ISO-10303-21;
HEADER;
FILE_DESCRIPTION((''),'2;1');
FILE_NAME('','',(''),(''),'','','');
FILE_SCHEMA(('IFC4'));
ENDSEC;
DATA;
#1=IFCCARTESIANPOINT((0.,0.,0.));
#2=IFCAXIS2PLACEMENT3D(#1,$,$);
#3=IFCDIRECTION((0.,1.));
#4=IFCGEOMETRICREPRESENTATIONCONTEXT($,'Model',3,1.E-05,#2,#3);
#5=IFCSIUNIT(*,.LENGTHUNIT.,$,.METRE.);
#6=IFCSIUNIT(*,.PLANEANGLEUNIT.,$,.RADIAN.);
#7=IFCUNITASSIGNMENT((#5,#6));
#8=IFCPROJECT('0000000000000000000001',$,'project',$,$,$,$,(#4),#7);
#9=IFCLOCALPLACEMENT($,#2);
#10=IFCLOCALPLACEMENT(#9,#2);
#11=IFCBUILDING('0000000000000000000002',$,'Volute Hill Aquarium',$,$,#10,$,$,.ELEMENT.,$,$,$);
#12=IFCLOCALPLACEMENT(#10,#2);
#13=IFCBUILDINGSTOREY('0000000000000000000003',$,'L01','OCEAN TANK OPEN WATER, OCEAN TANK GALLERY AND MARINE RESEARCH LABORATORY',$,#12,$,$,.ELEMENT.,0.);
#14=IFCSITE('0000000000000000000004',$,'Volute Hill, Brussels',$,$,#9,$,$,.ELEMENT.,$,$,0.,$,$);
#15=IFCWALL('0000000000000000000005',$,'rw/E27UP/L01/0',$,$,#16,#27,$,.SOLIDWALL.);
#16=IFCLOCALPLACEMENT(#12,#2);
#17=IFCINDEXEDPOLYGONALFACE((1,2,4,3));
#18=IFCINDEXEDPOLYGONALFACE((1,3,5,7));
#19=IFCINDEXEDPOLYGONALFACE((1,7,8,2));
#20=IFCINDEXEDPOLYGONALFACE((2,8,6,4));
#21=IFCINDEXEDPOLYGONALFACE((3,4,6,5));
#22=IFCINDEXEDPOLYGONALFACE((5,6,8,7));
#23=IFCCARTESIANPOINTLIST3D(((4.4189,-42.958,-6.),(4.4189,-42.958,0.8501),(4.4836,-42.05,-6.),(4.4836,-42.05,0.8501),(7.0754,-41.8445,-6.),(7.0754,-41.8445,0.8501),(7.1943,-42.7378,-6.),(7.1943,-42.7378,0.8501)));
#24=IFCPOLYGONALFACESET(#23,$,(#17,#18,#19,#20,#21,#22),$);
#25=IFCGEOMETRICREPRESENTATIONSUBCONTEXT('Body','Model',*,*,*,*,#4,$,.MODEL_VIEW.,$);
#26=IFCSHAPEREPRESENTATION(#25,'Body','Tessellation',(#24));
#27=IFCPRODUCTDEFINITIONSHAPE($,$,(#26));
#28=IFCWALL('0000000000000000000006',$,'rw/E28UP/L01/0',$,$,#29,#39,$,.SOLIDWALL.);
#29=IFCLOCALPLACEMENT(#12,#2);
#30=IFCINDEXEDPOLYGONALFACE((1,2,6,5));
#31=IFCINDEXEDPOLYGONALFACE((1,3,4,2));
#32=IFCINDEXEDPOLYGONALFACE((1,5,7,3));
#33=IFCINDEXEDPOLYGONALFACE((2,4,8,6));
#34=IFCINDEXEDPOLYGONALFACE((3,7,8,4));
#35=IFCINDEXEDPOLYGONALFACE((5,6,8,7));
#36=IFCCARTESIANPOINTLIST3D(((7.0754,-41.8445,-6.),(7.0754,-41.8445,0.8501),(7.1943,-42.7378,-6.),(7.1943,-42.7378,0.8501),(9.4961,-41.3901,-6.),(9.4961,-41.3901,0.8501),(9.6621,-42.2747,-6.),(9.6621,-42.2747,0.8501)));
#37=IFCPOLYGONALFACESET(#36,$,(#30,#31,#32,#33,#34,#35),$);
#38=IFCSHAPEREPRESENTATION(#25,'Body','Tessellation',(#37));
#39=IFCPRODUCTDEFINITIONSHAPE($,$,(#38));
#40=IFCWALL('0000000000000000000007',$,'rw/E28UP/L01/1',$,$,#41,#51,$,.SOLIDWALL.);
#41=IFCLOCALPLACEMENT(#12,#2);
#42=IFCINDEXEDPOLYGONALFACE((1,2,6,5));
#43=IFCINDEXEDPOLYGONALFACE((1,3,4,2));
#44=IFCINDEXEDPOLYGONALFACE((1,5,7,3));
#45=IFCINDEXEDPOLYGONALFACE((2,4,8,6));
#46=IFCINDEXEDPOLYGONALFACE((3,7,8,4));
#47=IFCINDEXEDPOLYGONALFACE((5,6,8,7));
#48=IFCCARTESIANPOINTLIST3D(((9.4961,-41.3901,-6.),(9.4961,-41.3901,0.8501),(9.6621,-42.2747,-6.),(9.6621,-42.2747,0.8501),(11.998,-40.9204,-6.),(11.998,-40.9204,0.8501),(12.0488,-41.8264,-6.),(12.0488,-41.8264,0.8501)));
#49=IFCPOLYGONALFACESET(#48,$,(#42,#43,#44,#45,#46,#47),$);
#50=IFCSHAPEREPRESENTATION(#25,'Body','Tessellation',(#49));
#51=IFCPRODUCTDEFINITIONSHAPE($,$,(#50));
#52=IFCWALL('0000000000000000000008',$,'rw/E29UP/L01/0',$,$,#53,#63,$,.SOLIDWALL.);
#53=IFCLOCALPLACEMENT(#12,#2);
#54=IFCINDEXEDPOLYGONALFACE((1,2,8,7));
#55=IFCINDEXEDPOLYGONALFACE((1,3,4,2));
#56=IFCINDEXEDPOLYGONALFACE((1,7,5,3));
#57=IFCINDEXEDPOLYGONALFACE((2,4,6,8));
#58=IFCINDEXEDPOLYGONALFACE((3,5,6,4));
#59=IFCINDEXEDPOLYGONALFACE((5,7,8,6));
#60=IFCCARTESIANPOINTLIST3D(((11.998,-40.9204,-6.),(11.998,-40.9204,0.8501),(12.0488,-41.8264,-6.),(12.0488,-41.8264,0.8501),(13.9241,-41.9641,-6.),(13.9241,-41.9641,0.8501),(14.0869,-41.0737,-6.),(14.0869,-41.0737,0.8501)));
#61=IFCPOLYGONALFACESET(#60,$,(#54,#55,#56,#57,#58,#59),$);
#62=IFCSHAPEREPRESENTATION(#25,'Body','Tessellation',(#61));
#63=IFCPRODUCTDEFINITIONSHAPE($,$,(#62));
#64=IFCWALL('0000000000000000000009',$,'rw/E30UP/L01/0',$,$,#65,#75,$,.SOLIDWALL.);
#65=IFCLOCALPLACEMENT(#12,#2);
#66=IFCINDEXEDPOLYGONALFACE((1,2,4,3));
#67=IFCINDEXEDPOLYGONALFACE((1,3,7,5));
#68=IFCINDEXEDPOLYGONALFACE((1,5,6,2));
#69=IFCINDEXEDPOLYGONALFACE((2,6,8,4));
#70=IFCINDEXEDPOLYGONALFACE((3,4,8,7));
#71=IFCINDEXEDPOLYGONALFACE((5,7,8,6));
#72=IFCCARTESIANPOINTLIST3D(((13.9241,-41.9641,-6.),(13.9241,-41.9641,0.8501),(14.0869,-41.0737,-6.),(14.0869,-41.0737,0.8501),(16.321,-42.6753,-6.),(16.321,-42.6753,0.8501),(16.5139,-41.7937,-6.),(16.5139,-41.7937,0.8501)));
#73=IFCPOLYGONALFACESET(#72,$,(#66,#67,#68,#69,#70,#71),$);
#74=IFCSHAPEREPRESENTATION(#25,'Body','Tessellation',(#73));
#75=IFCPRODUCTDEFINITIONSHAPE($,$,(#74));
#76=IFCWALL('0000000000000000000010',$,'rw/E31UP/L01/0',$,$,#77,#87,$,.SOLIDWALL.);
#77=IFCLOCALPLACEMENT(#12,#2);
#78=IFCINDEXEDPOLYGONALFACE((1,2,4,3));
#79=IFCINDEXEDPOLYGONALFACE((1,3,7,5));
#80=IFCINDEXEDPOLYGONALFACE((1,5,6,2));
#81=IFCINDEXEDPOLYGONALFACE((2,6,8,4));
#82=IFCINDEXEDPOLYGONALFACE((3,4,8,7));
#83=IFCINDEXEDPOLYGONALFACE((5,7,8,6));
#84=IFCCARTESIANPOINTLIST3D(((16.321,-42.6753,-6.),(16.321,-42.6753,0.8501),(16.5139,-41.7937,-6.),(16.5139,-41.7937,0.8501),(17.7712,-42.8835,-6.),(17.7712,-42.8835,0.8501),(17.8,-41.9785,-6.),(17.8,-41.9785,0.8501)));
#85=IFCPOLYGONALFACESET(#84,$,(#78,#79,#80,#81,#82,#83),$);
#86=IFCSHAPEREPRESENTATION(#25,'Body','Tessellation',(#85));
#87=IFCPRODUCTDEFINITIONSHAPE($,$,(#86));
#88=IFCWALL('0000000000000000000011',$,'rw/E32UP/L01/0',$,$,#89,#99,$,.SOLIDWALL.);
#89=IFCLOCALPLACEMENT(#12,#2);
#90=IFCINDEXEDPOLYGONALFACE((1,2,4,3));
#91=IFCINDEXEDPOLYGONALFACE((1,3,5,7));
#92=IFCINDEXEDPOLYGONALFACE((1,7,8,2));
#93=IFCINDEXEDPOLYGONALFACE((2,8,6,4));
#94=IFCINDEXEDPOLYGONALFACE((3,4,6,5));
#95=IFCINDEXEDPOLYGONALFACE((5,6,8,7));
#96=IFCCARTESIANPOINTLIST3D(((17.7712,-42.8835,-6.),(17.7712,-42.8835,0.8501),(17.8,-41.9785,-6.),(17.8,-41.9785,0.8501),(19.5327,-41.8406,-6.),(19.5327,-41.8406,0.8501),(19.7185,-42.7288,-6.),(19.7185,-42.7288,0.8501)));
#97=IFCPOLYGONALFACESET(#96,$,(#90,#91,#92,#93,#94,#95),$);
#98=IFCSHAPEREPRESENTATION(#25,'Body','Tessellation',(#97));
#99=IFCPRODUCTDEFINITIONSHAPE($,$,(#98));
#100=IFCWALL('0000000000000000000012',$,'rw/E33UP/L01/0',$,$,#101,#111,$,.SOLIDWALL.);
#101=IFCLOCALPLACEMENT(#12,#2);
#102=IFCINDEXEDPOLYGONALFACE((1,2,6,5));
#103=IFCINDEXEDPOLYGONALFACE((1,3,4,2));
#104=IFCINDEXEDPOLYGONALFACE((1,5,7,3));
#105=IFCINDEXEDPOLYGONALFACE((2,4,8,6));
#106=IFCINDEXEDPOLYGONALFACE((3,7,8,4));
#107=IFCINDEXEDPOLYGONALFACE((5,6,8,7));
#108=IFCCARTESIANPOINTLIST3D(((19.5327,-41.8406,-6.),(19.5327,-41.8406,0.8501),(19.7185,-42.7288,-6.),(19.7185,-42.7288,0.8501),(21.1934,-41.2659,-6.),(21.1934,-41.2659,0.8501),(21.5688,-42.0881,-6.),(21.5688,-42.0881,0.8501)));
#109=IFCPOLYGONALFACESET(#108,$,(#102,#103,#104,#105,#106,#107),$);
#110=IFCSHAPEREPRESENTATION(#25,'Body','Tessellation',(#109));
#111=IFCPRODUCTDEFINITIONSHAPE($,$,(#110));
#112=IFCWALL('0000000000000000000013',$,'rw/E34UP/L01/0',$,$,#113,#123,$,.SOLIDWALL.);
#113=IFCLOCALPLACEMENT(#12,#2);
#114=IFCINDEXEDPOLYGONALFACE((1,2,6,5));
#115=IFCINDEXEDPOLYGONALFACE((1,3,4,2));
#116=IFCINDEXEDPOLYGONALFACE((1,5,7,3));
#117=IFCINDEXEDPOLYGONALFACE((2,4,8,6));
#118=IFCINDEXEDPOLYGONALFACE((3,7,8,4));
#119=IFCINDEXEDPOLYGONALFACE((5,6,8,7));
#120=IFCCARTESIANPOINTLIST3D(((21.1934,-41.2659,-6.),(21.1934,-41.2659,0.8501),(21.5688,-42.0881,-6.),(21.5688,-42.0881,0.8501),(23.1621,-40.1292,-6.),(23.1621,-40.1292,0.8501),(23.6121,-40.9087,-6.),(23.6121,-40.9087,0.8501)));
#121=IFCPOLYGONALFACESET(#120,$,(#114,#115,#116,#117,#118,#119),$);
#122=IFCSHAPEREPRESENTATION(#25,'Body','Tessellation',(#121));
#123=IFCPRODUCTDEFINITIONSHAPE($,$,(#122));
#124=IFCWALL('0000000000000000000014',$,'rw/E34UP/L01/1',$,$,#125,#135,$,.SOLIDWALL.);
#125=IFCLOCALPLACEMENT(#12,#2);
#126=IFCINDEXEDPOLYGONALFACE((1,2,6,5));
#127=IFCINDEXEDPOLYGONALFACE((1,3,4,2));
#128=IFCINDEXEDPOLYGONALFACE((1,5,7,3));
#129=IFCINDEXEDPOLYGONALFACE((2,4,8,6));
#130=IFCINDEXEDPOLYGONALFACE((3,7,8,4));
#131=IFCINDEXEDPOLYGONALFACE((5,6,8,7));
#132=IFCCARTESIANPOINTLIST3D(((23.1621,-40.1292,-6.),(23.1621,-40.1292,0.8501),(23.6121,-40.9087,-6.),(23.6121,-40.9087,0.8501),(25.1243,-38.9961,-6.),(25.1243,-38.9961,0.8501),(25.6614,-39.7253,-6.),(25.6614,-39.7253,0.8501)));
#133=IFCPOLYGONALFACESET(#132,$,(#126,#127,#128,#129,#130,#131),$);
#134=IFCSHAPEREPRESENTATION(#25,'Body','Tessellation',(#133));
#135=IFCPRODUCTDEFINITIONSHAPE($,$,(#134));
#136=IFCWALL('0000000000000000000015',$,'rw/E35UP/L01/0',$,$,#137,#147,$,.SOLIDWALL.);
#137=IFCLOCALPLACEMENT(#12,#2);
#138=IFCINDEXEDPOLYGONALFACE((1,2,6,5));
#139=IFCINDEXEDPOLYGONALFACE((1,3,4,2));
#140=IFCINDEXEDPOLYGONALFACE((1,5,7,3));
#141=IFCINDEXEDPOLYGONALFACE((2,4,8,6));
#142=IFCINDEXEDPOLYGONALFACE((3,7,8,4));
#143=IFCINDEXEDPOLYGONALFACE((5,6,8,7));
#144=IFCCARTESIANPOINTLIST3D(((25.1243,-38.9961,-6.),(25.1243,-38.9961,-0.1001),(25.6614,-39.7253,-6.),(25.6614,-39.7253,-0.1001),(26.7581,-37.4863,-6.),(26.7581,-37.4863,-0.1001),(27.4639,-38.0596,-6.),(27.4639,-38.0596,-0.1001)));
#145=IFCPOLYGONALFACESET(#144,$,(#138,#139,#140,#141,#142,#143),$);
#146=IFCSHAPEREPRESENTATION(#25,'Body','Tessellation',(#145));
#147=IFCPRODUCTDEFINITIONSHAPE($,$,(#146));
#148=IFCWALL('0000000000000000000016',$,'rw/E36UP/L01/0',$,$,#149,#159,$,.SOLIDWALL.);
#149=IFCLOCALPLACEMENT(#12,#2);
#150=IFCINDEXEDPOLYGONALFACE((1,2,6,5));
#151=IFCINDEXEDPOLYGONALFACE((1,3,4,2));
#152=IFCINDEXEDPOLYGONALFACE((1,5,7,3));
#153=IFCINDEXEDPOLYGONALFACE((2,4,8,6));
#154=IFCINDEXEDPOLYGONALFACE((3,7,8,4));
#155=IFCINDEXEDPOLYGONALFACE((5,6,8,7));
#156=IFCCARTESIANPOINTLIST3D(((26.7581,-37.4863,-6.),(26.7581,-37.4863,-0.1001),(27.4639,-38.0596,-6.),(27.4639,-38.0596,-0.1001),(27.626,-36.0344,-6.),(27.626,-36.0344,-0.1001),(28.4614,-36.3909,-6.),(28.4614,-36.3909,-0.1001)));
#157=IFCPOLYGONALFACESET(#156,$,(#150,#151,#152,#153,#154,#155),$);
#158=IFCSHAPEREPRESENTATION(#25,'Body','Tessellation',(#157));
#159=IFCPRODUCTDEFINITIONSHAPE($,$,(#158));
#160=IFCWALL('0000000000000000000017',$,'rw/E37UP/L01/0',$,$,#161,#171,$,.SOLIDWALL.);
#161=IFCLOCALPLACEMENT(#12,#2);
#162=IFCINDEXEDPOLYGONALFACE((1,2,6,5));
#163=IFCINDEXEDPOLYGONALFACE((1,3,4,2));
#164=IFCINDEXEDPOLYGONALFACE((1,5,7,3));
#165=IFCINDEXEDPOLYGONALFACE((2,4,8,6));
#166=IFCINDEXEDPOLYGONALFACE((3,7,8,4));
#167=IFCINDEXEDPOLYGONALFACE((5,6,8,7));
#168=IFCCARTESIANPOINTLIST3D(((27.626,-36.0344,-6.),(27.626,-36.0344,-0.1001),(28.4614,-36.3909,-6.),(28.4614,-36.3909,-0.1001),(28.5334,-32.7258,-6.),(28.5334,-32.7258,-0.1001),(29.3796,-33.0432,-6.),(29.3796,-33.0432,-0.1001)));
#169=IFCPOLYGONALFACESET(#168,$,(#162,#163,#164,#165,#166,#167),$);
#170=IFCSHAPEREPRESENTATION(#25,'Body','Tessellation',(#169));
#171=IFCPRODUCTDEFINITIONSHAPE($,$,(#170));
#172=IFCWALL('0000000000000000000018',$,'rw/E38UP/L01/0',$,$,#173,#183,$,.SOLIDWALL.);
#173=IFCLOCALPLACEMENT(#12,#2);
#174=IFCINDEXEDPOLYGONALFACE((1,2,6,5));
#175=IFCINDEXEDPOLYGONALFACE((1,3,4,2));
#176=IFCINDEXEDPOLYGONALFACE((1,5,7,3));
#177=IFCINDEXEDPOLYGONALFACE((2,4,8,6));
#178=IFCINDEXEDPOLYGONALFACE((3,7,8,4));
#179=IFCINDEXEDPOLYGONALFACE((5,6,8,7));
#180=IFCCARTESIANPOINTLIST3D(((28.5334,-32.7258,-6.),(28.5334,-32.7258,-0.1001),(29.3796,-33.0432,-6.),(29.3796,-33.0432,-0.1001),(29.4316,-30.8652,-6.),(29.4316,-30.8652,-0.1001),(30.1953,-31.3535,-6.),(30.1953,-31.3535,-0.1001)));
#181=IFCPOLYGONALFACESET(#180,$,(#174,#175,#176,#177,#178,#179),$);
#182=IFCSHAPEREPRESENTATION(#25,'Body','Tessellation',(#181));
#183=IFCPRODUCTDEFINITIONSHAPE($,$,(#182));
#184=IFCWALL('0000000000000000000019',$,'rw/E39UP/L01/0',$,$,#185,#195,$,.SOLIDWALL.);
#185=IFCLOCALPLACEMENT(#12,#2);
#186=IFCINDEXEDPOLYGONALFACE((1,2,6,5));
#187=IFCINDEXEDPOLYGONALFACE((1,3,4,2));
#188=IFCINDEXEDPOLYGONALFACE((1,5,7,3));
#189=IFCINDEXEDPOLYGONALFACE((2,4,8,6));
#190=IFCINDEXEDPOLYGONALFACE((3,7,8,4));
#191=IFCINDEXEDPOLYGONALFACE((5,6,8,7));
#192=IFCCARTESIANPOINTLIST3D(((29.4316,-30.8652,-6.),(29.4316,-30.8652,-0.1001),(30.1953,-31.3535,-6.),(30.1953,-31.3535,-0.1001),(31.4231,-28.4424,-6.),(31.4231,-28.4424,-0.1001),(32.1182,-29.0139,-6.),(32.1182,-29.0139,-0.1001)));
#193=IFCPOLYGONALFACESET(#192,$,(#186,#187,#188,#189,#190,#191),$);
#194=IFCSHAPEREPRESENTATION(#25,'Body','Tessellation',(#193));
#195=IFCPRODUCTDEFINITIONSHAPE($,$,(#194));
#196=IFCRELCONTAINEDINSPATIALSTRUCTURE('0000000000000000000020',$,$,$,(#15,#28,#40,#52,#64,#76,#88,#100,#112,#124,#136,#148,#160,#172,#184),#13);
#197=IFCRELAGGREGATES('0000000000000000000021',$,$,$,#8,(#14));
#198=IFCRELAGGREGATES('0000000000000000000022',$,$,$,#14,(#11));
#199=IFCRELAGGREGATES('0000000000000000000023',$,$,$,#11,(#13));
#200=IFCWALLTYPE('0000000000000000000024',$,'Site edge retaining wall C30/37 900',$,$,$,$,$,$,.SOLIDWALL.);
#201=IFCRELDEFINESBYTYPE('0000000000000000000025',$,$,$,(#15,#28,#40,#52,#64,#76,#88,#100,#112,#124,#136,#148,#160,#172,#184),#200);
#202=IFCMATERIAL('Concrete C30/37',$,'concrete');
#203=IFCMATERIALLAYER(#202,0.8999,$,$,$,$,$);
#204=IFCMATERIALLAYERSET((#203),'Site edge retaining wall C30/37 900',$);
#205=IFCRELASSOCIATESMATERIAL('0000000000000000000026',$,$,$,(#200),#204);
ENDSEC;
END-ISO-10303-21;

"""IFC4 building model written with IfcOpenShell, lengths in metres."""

from ifc_helpers import new_model, si_unit, direction, frame, origin, place, context, subcontext, project, spatial, polyline, outline, extrude, material, layer, layer_set, type_object, element, save


model = new_model("IFC4")

# Units and contexts
model_context = context("Model", 3, precision=1e-05, world=origin(), true_north=direction((0.0, 1.0)))
body_context = subcontext(model_context, "Body", "Model", "MODEL_VIEW")
ifc_project = project(units=[si_unit("LENGTHUNIT", "METRE"), si_unit("PLANEANGLEUNIT", "RADIAN")], contexts=[model_context])

# Site, building, storey
site_placement = place(None, origin())
site = spatial("IfcSite", under=ifc_project, at=site_placement, Name="Volute Hill, Brussels", CompositionType="ELEMENT", RefElevation=0.0)
building_placement = place(site_placement, origin())
building = spatial("IfcBuilding", under=site, at=building_placement, Name="Volute Hill Aquarium", CompositionType="ELEMENT")
storey_placement = place(building_placement, origin())
storey = spatial("IfcBuildingStorey", under=building, at=storey_placement, Name="L01", Description="OCEAN TANK OPEN WATER, OCEAN TANK GALLERY AND MARINE RESEARCH LABORATORY", CompositionType="ELEMENT", Elevation=0.0)

# Walls
ifc_material = material(Name="Concrete C30/37", Category="concrete")
ifc_layer = layer(ifc_material, 0.8999)
ifc_layer_set = layer_set([ifc_layer], Name="Site edge retaining wall C30/37 900")
wall_type = type_object("IfcWallType", Name="Site edge retaining wall C30/37 900", PredefinedType="SOLIDWALL", material=ifc_layer_set)
wall_1_placement = place(storey_placement, frame((0.0, 0.0, -6.0)))
element("IfcWall", 1, at=wall_1_placement, inside=storey, type_object=wall_type, Name="rw/E27UP/L01/0", PredefinedType="SOLIDWALL", context=body_context, shape_type="SweptSolid", body=[
    extrude(outline(polyline([(7.1943, -42.7378), (7.1943, -42.7378), (7.0754, -41.8445), (4.4836, -42.05), (4.4836, -42.05), (4.4189, -42.958), (4.4189, -42.958), (7.1943, -42.7378)])), origin(), (0.0, 0.0, 1.0), 6.8501),
])
wall_2_placement = place(storey_placement, frame((0.0, 0.0, -6.0)))
element("IfcWall", 2, at=wall_2_placement, inside=storey, type_object=wall_type, Name="rw/E28UP/L01/0", PredefinedType="SOLIDWALL", context=body_context, shape_type="SweptSolid", body=[
    extrude(outline(polyline([(7.1943, -42.7378), (9.6621, -42.2747), (9.4961, -41.3901), (7.0754, -41.8445), (7.0754, -41.8445), (7.1943, -42.7378)])), origin(), (0.0, 0.0, 1.0), 6.8501),
])
wall_3_placement = place(storey_placement, frame((0.0, 0.0, -6.0)))
element("IfcWall", 3, at=wall_3_placement, inside=storey, type_object=wall_type, Name="rw/E28UP/L01/1", PredefinedType="SOLIDWALL", context=body_context, shape_type="SweptSolid", body=[
    extrude(outline(polyline([(9.6621, -42.2747), (12.0488, -41.8264), (11.998, -40.9204), (9.4961, -41.3901), (9.6621, -42.2747)])), origin(), (0.0, 0.0, 1.0), 6.8501),
])
wall_4_placement = place(storey_placement, frame((0.0, 0.0, -6.0)))
element("IfcWall", 4, at=wall_4_placement, inside=storey, type_object=wall_type, Name="rw/E29UP/L01/0", PredefinedType="SOLIDWALL", context=body_context, shape_type="SweptSolid", body=[
    extrude(outline(polyline([(13.9241, -41.9641), (13.9241, -41.9641), (14.0869, -41.0737), (14.0869, -41.0737), (11.998, -40.9204), (11.998, -40.9204), (12.0488, -41.8264), (12.0488, -41.8264), (13.9241, -41.9641)])), origin(), (0.0, 0.0, 1.0), 6.8501),
])
wall_5_placement = place(storey_placement, frame((0.0, 0.0, -6.0)))
element("IfcWall", 5, at=wall_5_placement, inside=storey, type_object=wall_type, Name="rw/E30UP/L01/0", PredefinedType="SOLIDWALL", context=body_context, shape_type="SweptSolid", body=[
    extrude(outline(polyline([(16.321, -42.6753), (16.321, -42.6753), (16.5139, -41.7937), (14.0869, -41.0737), (13.9241, -41.9641), (16.321, -42.6753)])), origin(), (0.0, 0.0, 1.0), 6.8501),
])
wall_6_placement = place(storey_placement, frame((0.0, 0.0, -6.0)))
element("IfcWall", 6, at=wall_6_placement, inside=storey, type_object=wall_type, Name="rw/E31UP/L01/0", PredefinedType="SOLIDWALL", context=body_context, shape_type="SweptSolid", body=[
    extrude(outline(polyline([(16.321, -42.6753), (17.7712, -42.8835), (17.8, -41.9785), (16.5139, -41.7937), (16.5139, -41.7937), (16.321, -42.6753)])), origin(), (0.0, 0.0, 1.0), 6.8501),
])
wall_7_placement = place(storey_placement, frame((0.0, 0.0, -6.0)))
element("IfcWall", 7, at=wall_7_placement, inside=storey, type_object=wall_type, Name="rw/E32UP/L01/0", PredefinedType="SOLIDWALL", context=body_context, shape_type="SweptSolid", body=[
    extrude(outline(polyline([(19.7185, -42.7288), (19.7185, -42.7288), (19.5327, -41.8406), (19.5327, -41.8406), (17.8, -41.9785), (17.7712, -42.8835), (19.7185, -42.7288)])), origin(), (0.0, 0.0, 1.0), 6.8501),
])
wall_8_placement = place(storey_placement, frame((0.0, 0.0, -6.0)))
element("IfcWall", 8, at=wall_8_placement, inside=storey, type_object=wall_type, Name="rw/E33UP/L01/0", PredefinedType="SOLIDWALL", context=body_context, shape_type="SweptSolid", body=[
    extrude(outline(polyline([(19.7185, -42.7288), (21.5688, -42.0881), (21.1934, -41.2659), (19.5327, -41.8406), (19.7185, -42.7288)])), origin(), (0.0, 0.0, 1.0), 6.8501),
])
wall_9_placement = place(storey_placement, frame((0.0, 0.0, -6.0)))
element("IfcWall", 9, at=wall_9_placement, inside=storey, type_object=wall_type, Name="rw/E34UP/L01/0", PredefinedType="SOLIDWALL", context=body_context, shape_type="SweptSolid", body=[
    extrude(outline(polyline([(21.5688, -42.0881), (23.6121, -40.9087), (23.1621, -40.1292), (21.1934, -41.2659), (21.1934, -41.2659), (21.5688, -42.0881), (21.5688, -42.0881)])), origin(), (0.0, 0.0, 1.0), 6.8501),
])
wall_10_placement = place(storey_placement, frame((0.0, 0.0, -6.0)))
element("IfcWall", 10, at=wall_10_placement, inside=storey, type_object=wall_type, Name="rw/E34UP/L01/1", PredefinedType="SOLIDWALL", context=body_context, shape_type="SweptSolid", body=[
    extrude(outline(polyline([(25.6614, -39.7253), (25.6614, -39.7253), (25.1243, -38.9961), (23.1621, -40.1292), (23.6121, -40.9087), (25.6614, -39.7253)])), origin(), (0.0, 0.0, 1.0), 6.8501),
])
wall_11_placement = place(storey_placement, frame((0.0, 0.0, -6.0)))
element("IfcWall", 11, at=wall_11_placement, inside=storey, type_object=wall_type, Name="rw/E35UP/L01/0", PredefinedType="SOLIDWALL", context=body_context, shape_type="SweptSolid", body=[
    extrude(outline(polyline([(25.6614, -39.7253), (27.4639, -38.0596), (26.7581, -37.4863), (25.1243, -38.9961), (25.6614, -39.7253)])), origin(), (0.0, 0.0, 1.0), 5.8999),
])
wall_12_placement = place(storey_placement, frame((0.0, 0.0, -6.0)))
element("IfcWall", 12, at=wall_12_placement, inside=storey, type_object=wall_type, Name="rw/E36UP/L01/0", PredefinedType="SOLIDWALL", context=body_context, shape_type="SweptSolid", body=[
    extrude(outline(polyline([(28.4614, -36.3909), (28.4614, -36.3909), (27.626, -36.0344), (27.626, -36.0344), (26.7581, -37.4863), (26.7581, -37.4863), (27.4639, -38.0596), (27.4639, -38.0596), (28.4614, -36.3909)])), origin(), (0.0, 0.0, 1.0), 5.8999),
])
wall_13_placement = place(storey_placement, frame((0.0, 0.0, -6.0)))
element("IfcWall", 13, at=wall_13_placement, inside=storey, type_object=wall_type, Name="rw/E37UP/L01/0", PredefinedType="SOLIDWALL", context=body_context, shape_type="SweptSolid", body=[
    extrude(outline(polyline([(29.3796, -33.0432), (29.3796, -33.0432), (28.5334, -32.7258), (27.626, -36.0344), (28.4614, -36.3909), (29.3796, -33.0432)])), origin(), (0.0, 0.0, 1.0), 5.8999),
])
wall_14_placement = place(storey_placement, frame((0.0, 0.0, -6.0)))
element("IfcWall", 14, at=wall_14_placement, inside=storey, type_object=wall_type, Name="rw/E38UP/L01/0", PredefinedType="SOLIDWALL", context=body_context, shape_type="SweptSolid", body=[
    extrude(outline(polyline([(29.3796, -33.0432), (30.1953, -31.3535), (29.4316, -30.8652), (28.5334, -32.7258), (29.3796, -33.0432)])), origin(), (0.0, 0.0, 1.0), 5.8999),
])
wall_15_placement = place(storey_placement, frame((0.0, 0.0, -6.0)))
element("IfcWall", 15, at=wall_15_placement, inside=storey, type_object=wall_type, Name="rw/E39UP/L01/0", PredefinedType="SOLIDWALL", context=body_context, shape_type="SweptSolid", body=[
    extrude(outline(polyline([(30.1953, -31.3535), (32.1182, -29.0139), (31.4231, -28.4424), (29.4316, -30.8652), (29.4316, -30.8652), (30.1953, -31.3535), (30.1953, -31.3535)])), origin(), (0.0, 0.0, 1.0), 5.8999),
])

save(model, "model.ifc")
